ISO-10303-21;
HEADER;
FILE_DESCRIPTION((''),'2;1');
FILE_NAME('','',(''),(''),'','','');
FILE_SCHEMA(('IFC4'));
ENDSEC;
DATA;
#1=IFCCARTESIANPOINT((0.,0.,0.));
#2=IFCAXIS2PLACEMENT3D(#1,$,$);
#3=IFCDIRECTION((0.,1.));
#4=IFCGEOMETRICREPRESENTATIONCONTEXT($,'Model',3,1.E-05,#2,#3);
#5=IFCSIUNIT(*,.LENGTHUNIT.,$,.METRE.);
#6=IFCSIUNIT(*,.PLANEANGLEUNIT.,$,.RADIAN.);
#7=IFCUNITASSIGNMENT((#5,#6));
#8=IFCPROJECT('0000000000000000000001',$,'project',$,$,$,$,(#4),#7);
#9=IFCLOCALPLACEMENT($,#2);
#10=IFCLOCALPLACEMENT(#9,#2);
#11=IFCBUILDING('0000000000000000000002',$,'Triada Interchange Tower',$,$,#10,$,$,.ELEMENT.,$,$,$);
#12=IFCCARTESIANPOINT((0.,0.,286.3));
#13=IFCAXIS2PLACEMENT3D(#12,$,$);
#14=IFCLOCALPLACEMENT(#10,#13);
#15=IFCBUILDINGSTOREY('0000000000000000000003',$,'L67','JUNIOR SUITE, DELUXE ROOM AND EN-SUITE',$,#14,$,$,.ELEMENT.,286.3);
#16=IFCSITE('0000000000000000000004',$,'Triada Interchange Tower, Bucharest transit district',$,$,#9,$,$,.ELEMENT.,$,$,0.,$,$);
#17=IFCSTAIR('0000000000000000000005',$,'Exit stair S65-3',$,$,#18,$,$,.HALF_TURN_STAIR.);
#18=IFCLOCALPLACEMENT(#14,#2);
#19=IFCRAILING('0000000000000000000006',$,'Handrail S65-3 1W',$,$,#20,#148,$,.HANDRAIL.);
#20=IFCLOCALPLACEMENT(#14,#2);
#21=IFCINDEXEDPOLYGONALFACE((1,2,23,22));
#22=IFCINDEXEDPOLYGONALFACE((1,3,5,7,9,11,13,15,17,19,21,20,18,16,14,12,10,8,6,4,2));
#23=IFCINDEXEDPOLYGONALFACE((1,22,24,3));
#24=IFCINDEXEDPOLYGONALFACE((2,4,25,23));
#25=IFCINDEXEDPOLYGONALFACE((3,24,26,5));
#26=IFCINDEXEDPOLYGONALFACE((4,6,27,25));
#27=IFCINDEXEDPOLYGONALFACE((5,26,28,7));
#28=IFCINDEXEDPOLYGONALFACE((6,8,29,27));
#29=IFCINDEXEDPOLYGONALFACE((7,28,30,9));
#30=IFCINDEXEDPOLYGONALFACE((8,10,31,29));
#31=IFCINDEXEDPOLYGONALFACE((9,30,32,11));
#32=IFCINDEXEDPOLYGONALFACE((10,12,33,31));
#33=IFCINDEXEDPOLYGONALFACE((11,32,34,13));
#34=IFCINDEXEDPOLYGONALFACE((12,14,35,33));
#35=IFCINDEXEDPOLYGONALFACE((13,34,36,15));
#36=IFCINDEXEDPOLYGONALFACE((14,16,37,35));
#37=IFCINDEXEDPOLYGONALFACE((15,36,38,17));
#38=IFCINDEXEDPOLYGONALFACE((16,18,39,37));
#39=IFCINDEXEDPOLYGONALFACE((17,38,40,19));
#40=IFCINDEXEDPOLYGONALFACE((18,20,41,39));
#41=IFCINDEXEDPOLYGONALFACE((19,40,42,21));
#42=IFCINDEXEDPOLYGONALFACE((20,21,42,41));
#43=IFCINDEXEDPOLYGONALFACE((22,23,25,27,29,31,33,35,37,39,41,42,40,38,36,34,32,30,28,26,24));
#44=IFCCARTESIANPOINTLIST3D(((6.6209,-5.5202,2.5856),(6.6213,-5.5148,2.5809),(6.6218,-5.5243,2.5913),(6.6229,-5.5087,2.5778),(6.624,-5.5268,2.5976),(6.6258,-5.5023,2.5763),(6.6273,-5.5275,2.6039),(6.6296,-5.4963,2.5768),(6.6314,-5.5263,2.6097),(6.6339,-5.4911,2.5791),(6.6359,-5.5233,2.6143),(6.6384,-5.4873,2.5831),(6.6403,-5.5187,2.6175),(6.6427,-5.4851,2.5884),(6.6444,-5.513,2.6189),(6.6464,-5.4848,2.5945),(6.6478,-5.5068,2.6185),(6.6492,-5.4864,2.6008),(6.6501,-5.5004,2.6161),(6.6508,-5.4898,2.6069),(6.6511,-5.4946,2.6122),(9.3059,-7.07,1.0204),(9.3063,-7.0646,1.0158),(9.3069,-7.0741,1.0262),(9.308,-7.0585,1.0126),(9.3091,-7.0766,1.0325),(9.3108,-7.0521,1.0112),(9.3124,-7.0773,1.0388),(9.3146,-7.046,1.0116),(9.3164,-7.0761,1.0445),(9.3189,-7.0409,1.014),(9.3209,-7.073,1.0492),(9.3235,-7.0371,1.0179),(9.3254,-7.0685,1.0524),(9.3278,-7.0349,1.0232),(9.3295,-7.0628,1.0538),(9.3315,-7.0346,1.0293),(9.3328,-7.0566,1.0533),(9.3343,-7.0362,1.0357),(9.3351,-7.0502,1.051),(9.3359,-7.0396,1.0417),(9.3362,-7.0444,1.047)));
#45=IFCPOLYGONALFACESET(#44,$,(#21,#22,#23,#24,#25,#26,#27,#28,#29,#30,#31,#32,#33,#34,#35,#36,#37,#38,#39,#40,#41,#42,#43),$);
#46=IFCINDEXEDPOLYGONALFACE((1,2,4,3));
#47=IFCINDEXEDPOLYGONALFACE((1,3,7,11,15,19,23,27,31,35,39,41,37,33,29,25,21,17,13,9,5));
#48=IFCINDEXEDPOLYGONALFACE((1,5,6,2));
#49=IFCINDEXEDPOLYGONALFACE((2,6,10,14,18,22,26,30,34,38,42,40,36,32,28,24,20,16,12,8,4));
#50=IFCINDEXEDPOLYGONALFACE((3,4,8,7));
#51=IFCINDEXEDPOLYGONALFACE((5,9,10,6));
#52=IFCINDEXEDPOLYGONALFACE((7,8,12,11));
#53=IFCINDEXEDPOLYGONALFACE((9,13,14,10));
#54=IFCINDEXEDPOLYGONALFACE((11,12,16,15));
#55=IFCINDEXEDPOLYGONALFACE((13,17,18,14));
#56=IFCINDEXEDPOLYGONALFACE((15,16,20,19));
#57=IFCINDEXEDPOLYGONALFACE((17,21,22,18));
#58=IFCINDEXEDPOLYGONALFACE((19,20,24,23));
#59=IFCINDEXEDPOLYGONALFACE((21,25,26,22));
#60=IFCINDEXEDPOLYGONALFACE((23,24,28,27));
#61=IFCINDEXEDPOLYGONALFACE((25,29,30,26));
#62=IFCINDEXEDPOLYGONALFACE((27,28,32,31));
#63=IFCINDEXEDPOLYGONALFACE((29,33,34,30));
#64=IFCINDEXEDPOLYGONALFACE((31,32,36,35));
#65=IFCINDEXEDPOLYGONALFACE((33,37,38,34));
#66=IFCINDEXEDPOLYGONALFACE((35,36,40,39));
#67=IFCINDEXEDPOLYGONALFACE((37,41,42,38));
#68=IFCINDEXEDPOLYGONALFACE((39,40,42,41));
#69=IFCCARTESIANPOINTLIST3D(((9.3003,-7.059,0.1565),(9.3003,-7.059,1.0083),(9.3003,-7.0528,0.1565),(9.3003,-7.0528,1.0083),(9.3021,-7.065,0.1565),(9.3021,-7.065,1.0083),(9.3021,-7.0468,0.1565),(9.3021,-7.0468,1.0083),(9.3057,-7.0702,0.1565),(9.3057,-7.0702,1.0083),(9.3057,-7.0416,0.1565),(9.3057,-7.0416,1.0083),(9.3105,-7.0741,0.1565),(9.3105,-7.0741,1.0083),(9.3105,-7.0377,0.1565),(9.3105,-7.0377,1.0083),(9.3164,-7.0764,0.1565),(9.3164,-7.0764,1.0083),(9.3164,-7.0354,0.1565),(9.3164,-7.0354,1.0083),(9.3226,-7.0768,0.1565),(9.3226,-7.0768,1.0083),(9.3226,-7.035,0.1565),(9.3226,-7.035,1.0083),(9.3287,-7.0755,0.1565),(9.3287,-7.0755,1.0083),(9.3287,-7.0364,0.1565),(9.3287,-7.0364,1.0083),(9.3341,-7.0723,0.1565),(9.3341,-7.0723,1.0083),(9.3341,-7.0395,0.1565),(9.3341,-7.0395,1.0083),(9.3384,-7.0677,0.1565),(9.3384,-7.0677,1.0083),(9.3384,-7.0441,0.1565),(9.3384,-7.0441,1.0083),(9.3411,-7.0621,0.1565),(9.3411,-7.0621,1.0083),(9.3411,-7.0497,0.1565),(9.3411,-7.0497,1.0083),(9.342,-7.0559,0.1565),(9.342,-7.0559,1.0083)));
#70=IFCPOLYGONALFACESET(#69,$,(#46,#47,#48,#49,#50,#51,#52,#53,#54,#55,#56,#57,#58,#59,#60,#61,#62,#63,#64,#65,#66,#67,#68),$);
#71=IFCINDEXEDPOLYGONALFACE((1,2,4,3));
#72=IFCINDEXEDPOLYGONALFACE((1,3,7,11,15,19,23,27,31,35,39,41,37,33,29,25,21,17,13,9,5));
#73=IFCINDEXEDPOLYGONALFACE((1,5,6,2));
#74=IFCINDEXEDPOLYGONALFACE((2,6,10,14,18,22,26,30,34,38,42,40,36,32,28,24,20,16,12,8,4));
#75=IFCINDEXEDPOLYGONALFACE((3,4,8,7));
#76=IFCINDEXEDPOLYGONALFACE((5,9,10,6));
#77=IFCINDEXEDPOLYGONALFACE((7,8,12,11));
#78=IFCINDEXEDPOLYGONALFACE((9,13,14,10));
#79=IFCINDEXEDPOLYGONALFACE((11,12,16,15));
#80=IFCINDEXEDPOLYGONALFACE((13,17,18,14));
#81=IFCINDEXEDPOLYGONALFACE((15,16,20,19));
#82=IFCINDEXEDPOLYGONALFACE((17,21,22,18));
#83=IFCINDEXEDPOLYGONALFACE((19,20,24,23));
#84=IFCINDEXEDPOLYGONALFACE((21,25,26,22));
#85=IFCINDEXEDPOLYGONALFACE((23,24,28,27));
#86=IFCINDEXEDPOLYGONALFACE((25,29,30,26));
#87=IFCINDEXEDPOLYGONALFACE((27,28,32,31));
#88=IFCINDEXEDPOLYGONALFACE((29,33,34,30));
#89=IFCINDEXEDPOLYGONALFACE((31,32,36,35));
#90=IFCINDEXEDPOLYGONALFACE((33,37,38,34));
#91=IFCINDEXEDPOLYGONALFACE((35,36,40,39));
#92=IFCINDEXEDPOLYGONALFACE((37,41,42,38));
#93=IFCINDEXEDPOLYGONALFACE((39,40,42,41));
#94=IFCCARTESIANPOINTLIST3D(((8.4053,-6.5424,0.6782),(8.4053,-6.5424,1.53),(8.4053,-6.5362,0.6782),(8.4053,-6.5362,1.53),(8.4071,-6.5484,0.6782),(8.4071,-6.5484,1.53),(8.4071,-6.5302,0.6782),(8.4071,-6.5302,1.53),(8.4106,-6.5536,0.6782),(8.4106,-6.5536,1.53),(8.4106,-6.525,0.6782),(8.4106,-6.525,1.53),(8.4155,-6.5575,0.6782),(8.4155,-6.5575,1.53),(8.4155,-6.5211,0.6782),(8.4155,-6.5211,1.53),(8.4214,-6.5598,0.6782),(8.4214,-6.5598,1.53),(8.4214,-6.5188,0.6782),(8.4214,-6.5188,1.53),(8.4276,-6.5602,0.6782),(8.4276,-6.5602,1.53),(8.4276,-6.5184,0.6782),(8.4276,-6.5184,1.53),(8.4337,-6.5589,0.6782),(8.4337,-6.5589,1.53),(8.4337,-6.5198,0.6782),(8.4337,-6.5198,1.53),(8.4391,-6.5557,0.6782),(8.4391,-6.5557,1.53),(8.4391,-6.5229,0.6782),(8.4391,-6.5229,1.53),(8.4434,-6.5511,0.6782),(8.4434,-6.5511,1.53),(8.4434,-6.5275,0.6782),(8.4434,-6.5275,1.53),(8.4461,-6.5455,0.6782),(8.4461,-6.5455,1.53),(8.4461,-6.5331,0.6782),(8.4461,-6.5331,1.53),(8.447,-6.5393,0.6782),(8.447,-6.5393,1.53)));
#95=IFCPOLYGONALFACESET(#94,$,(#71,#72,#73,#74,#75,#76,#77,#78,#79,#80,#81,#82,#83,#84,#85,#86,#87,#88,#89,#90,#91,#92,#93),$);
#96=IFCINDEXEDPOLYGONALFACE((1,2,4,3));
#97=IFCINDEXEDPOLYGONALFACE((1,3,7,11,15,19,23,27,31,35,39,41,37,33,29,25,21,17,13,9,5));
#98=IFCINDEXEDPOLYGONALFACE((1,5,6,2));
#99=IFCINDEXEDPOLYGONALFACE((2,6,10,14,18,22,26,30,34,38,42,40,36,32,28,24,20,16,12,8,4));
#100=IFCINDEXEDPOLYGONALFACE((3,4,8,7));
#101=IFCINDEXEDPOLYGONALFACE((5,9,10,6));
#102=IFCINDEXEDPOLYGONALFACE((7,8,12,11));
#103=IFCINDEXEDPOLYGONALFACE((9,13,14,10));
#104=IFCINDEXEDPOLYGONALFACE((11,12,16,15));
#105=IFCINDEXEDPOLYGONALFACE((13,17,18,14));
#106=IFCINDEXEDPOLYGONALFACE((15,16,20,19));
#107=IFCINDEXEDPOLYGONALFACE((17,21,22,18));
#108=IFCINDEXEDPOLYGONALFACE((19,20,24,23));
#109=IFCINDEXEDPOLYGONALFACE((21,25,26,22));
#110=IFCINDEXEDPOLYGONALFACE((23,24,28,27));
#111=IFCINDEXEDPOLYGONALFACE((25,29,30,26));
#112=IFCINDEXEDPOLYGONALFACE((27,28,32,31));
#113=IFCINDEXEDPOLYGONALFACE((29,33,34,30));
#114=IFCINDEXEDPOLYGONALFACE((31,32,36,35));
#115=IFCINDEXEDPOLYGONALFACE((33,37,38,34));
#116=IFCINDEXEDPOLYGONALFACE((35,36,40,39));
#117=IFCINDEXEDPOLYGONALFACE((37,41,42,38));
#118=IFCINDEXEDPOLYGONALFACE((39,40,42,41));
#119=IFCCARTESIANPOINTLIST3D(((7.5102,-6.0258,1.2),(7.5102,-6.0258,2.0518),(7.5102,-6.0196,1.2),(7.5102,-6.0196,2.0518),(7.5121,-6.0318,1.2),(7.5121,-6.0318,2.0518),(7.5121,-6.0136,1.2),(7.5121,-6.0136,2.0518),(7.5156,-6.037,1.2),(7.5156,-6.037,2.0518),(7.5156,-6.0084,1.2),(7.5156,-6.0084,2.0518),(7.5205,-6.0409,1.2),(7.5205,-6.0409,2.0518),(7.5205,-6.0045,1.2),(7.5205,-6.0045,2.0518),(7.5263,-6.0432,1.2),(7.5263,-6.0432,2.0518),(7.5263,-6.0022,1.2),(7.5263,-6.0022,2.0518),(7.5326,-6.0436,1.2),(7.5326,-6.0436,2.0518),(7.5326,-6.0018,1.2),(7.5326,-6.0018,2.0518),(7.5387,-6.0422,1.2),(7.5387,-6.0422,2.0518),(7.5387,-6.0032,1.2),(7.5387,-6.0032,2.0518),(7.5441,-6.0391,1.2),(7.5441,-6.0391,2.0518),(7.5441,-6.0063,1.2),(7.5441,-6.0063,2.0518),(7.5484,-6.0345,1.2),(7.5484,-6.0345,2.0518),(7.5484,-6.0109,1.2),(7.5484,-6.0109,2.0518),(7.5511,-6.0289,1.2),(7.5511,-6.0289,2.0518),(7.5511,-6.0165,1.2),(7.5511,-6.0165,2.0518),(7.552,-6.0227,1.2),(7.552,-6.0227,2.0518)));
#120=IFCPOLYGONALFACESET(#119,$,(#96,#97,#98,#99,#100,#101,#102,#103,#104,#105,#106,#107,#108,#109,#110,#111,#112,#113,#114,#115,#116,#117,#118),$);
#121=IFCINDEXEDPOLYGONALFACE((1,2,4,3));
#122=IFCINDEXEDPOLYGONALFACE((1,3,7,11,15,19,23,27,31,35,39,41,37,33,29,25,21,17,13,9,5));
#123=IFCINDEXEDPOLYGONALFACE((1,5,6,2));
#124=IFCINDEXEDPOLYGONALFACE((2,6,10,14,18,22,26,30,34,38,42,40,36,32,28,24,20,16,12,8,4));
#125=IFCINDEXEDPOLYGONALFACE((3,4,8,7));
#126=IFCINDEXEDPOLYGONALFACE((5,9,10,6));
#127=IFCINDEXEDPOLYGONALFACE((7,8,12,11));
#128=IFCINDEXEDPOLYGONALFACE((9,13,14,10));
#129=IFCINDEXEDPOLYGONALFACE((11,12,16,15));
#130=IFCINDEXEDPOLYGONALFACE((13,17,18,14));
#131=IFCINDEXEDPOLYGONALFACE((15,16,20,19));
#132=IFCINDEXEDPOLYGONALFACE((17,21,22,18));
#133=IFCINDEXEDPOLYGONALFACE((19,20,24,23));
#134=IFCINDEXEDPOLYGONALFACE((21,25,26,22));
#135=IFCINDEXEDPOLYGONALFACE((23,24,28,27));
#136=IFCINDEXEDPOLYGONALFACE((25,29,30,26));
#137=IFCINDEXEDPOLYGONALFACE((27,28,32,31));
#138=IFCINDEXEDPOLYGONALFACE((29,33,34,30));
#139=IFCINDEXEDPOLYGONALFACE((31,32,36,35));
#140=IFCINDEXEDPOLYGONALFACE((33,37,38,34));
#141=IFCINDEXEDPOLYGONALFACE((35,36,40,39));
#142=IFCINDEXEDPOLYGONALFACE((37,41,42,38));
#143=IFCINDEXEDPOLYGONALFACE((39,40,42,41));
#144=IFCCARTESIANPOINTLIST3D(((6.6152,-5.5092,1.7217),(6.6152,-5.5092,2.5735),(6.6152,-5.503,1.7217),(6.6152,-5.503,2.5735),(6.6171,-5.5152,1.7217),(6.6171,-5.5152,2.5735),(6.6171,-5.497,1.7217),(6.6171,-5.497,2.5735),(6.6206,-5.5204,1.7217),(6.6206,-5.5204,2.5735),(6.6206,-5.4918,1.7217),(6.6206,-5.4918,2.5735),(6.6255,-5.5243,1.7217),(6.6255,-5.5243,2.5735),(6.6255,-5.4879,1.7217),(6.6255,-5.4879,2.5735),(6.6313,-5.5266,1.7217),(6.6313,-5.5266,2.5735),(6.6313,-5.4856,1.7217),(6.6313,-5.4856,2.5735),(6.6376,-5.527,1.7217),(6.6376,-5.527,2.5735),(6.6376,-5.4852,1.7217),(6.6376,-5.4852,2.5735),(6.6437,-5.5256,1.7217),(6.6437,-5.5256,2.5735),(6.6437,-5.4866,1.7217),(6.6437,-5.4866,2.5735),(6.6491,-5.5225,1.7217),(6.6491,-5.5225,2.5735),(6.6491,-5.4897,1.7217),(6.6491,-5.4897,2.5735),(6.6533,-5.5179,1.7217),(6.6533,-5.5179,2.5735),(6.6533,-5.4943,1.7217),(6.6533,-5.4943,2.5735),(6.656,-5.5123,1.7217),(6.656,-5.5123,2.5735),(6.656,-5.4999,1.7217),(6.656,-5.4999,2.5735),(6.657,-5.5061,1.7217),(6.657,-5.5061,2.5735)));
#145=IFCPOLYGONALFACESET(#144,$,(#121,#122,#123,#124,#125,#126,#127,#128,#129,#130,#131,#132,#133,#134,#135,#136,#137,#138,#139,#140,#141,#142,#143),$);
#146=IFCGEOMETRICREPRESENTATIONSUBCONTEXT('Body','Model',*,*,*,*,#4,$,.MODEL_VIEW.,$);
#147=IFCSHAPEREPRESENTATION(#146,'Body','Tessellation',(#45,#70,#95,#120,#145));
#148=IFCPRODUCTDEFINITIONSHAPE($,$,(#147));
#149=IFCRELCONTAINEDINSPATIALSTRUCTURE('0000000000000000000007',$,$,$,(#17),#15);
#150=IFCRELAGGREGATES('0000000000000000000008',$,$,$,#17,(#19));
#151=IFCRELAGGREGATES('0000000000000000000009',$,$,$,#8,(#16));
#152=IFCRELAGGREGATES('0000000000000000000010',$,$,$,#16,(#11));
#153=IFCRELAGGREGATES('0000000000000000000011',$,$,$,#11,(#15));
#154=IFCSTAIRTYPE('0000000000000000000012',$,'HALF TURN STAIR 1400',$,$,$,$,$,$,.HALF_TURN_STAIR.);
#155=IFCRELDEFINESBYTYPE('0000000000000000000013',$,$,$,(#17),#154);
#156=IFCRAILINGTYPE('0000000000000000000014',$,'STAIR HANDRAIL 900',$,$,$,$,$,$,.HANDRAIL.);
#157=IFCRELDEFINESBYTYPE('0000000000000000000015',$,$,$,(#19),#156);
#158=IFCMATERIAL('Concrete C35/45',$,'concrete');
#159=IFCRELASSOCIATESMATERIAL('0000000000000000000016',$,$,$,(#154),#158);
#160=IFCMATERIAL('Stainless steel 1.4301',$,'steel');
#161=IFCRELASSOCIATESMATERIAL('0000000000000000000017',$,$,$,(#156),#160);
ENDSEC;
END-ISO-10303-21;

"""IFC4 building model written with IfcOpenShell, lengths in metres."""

from ifc_helpers import new_model, si_unit, direction, frame, origin, origin_2d, place, context, subcontext, project, spatial, circle, extrude, material, type_object, element, aggregate, save


model = new_model("IFC4")

# Units and contexts
model_context = context("Model", 3, precision=1e-05, world=origin(), true_north=direction((0.0, 1.0)))
body_context = subcontext(model_context, "Body", "Model", "MODEL_VIEW")
ifc_project = project(units=[si_unit("LENGTHUNIT", "METRE"), si_unit("PLANEANGLEUNIT", "RADIAN")], contexts=[model_context])

# Site, building, storey
site_placement = place(None, origin())
site = spatial("IfcSite", under=ifc_project, at=site_placement, Name="Triada Interchange Tower, Bucharest transit district", CompositionType="ELEMENT", RefElevation=0.0)
building_placement = place(site_placement, origin())
building = spatial("IfcBuilding", under=site, at=building_placement, Name="Triada Interchange Tower", CompositionType="ELEMENT")
storey_placement = place(building_placement, frame((0.0, 0.0, 286.3)))
storey = spatial("IfcBuildingStorey", under=building, at=storey_placement, Name="L67", Description="JUNIOR SUITE, DELUXE ROOM AND EN-SUITE", CompositionType="ELEMENT", Elevation=286.3)

# Stair, railing
ifc_material_1 = material(Name="Concrete C35/45", Category="concrete")
stair_type = type_object("IfcStairType", Name="HALF TURN STAIR 1400", PredefinedType="HALF_TURN_STAIR", material=ifc_material_1)
stair_placement = place(storey_placement, origin())
stair = element("IfcStair", 1, at=stair_placement, inside=storey, type_object=stair_type, Name="Exit stair S65-3", PredefinedType="HALF_TURN_STAIR")
ifc_material_2 = material(Name="Stainless steel 1.4301", Category="steel")
railing_type = type_object("IfcRailingType", Name="STAIR HANDRAIL 900", PredefinedType="HANDRAIL", material=ifc_material_2)
railing_1_placement = place(storey_placement, frame((9.321, -7.0559, 0.1565)))
railing_1 = element("IfcRailing", 2, at=railing_1_placement, type_object=railing_type, Name="Handrail S65-3 1W", PredefinedType="HANDRAIL", context=body_context, shape_type="SweptSolid", body=[
    extrude(circle(Radius=0.0239, at=origin_2d()), frame((0.0, 0.0, 0.876), z_axis=(-0.773139, 0.446253, 0.450682), x_axis=(-0.4999, -0.866083, 0.0)), (0.0, 0.0, 1.0), 3.4729),
    extrude(circle(Radius=0.021, at=origin_2d()), origin(), (0.0, 0.0, 1.0), 0.8518),
    extrude(circle(Radius=0.021, at=origin_2d()), frame((-0.895, 0.5166, 0.5217)), (0.0, 0.0, 1.0), 0.8518),
    extrude(circle(Radius=0.021, at=origin_2d()), frame((-1.79, 1.0332, 1.0435)), (0.0, 0.0, 1.0), 0.8518),
    extrude(circle(Radius=0.021, at=origin_2d()), frame((-2.6851, 1.5498, 1.5652)), (0.0, 0.0, 1.0), 0.8518),
])
aggregate(stair, [railing_1])

save(model, "model.ifc")
